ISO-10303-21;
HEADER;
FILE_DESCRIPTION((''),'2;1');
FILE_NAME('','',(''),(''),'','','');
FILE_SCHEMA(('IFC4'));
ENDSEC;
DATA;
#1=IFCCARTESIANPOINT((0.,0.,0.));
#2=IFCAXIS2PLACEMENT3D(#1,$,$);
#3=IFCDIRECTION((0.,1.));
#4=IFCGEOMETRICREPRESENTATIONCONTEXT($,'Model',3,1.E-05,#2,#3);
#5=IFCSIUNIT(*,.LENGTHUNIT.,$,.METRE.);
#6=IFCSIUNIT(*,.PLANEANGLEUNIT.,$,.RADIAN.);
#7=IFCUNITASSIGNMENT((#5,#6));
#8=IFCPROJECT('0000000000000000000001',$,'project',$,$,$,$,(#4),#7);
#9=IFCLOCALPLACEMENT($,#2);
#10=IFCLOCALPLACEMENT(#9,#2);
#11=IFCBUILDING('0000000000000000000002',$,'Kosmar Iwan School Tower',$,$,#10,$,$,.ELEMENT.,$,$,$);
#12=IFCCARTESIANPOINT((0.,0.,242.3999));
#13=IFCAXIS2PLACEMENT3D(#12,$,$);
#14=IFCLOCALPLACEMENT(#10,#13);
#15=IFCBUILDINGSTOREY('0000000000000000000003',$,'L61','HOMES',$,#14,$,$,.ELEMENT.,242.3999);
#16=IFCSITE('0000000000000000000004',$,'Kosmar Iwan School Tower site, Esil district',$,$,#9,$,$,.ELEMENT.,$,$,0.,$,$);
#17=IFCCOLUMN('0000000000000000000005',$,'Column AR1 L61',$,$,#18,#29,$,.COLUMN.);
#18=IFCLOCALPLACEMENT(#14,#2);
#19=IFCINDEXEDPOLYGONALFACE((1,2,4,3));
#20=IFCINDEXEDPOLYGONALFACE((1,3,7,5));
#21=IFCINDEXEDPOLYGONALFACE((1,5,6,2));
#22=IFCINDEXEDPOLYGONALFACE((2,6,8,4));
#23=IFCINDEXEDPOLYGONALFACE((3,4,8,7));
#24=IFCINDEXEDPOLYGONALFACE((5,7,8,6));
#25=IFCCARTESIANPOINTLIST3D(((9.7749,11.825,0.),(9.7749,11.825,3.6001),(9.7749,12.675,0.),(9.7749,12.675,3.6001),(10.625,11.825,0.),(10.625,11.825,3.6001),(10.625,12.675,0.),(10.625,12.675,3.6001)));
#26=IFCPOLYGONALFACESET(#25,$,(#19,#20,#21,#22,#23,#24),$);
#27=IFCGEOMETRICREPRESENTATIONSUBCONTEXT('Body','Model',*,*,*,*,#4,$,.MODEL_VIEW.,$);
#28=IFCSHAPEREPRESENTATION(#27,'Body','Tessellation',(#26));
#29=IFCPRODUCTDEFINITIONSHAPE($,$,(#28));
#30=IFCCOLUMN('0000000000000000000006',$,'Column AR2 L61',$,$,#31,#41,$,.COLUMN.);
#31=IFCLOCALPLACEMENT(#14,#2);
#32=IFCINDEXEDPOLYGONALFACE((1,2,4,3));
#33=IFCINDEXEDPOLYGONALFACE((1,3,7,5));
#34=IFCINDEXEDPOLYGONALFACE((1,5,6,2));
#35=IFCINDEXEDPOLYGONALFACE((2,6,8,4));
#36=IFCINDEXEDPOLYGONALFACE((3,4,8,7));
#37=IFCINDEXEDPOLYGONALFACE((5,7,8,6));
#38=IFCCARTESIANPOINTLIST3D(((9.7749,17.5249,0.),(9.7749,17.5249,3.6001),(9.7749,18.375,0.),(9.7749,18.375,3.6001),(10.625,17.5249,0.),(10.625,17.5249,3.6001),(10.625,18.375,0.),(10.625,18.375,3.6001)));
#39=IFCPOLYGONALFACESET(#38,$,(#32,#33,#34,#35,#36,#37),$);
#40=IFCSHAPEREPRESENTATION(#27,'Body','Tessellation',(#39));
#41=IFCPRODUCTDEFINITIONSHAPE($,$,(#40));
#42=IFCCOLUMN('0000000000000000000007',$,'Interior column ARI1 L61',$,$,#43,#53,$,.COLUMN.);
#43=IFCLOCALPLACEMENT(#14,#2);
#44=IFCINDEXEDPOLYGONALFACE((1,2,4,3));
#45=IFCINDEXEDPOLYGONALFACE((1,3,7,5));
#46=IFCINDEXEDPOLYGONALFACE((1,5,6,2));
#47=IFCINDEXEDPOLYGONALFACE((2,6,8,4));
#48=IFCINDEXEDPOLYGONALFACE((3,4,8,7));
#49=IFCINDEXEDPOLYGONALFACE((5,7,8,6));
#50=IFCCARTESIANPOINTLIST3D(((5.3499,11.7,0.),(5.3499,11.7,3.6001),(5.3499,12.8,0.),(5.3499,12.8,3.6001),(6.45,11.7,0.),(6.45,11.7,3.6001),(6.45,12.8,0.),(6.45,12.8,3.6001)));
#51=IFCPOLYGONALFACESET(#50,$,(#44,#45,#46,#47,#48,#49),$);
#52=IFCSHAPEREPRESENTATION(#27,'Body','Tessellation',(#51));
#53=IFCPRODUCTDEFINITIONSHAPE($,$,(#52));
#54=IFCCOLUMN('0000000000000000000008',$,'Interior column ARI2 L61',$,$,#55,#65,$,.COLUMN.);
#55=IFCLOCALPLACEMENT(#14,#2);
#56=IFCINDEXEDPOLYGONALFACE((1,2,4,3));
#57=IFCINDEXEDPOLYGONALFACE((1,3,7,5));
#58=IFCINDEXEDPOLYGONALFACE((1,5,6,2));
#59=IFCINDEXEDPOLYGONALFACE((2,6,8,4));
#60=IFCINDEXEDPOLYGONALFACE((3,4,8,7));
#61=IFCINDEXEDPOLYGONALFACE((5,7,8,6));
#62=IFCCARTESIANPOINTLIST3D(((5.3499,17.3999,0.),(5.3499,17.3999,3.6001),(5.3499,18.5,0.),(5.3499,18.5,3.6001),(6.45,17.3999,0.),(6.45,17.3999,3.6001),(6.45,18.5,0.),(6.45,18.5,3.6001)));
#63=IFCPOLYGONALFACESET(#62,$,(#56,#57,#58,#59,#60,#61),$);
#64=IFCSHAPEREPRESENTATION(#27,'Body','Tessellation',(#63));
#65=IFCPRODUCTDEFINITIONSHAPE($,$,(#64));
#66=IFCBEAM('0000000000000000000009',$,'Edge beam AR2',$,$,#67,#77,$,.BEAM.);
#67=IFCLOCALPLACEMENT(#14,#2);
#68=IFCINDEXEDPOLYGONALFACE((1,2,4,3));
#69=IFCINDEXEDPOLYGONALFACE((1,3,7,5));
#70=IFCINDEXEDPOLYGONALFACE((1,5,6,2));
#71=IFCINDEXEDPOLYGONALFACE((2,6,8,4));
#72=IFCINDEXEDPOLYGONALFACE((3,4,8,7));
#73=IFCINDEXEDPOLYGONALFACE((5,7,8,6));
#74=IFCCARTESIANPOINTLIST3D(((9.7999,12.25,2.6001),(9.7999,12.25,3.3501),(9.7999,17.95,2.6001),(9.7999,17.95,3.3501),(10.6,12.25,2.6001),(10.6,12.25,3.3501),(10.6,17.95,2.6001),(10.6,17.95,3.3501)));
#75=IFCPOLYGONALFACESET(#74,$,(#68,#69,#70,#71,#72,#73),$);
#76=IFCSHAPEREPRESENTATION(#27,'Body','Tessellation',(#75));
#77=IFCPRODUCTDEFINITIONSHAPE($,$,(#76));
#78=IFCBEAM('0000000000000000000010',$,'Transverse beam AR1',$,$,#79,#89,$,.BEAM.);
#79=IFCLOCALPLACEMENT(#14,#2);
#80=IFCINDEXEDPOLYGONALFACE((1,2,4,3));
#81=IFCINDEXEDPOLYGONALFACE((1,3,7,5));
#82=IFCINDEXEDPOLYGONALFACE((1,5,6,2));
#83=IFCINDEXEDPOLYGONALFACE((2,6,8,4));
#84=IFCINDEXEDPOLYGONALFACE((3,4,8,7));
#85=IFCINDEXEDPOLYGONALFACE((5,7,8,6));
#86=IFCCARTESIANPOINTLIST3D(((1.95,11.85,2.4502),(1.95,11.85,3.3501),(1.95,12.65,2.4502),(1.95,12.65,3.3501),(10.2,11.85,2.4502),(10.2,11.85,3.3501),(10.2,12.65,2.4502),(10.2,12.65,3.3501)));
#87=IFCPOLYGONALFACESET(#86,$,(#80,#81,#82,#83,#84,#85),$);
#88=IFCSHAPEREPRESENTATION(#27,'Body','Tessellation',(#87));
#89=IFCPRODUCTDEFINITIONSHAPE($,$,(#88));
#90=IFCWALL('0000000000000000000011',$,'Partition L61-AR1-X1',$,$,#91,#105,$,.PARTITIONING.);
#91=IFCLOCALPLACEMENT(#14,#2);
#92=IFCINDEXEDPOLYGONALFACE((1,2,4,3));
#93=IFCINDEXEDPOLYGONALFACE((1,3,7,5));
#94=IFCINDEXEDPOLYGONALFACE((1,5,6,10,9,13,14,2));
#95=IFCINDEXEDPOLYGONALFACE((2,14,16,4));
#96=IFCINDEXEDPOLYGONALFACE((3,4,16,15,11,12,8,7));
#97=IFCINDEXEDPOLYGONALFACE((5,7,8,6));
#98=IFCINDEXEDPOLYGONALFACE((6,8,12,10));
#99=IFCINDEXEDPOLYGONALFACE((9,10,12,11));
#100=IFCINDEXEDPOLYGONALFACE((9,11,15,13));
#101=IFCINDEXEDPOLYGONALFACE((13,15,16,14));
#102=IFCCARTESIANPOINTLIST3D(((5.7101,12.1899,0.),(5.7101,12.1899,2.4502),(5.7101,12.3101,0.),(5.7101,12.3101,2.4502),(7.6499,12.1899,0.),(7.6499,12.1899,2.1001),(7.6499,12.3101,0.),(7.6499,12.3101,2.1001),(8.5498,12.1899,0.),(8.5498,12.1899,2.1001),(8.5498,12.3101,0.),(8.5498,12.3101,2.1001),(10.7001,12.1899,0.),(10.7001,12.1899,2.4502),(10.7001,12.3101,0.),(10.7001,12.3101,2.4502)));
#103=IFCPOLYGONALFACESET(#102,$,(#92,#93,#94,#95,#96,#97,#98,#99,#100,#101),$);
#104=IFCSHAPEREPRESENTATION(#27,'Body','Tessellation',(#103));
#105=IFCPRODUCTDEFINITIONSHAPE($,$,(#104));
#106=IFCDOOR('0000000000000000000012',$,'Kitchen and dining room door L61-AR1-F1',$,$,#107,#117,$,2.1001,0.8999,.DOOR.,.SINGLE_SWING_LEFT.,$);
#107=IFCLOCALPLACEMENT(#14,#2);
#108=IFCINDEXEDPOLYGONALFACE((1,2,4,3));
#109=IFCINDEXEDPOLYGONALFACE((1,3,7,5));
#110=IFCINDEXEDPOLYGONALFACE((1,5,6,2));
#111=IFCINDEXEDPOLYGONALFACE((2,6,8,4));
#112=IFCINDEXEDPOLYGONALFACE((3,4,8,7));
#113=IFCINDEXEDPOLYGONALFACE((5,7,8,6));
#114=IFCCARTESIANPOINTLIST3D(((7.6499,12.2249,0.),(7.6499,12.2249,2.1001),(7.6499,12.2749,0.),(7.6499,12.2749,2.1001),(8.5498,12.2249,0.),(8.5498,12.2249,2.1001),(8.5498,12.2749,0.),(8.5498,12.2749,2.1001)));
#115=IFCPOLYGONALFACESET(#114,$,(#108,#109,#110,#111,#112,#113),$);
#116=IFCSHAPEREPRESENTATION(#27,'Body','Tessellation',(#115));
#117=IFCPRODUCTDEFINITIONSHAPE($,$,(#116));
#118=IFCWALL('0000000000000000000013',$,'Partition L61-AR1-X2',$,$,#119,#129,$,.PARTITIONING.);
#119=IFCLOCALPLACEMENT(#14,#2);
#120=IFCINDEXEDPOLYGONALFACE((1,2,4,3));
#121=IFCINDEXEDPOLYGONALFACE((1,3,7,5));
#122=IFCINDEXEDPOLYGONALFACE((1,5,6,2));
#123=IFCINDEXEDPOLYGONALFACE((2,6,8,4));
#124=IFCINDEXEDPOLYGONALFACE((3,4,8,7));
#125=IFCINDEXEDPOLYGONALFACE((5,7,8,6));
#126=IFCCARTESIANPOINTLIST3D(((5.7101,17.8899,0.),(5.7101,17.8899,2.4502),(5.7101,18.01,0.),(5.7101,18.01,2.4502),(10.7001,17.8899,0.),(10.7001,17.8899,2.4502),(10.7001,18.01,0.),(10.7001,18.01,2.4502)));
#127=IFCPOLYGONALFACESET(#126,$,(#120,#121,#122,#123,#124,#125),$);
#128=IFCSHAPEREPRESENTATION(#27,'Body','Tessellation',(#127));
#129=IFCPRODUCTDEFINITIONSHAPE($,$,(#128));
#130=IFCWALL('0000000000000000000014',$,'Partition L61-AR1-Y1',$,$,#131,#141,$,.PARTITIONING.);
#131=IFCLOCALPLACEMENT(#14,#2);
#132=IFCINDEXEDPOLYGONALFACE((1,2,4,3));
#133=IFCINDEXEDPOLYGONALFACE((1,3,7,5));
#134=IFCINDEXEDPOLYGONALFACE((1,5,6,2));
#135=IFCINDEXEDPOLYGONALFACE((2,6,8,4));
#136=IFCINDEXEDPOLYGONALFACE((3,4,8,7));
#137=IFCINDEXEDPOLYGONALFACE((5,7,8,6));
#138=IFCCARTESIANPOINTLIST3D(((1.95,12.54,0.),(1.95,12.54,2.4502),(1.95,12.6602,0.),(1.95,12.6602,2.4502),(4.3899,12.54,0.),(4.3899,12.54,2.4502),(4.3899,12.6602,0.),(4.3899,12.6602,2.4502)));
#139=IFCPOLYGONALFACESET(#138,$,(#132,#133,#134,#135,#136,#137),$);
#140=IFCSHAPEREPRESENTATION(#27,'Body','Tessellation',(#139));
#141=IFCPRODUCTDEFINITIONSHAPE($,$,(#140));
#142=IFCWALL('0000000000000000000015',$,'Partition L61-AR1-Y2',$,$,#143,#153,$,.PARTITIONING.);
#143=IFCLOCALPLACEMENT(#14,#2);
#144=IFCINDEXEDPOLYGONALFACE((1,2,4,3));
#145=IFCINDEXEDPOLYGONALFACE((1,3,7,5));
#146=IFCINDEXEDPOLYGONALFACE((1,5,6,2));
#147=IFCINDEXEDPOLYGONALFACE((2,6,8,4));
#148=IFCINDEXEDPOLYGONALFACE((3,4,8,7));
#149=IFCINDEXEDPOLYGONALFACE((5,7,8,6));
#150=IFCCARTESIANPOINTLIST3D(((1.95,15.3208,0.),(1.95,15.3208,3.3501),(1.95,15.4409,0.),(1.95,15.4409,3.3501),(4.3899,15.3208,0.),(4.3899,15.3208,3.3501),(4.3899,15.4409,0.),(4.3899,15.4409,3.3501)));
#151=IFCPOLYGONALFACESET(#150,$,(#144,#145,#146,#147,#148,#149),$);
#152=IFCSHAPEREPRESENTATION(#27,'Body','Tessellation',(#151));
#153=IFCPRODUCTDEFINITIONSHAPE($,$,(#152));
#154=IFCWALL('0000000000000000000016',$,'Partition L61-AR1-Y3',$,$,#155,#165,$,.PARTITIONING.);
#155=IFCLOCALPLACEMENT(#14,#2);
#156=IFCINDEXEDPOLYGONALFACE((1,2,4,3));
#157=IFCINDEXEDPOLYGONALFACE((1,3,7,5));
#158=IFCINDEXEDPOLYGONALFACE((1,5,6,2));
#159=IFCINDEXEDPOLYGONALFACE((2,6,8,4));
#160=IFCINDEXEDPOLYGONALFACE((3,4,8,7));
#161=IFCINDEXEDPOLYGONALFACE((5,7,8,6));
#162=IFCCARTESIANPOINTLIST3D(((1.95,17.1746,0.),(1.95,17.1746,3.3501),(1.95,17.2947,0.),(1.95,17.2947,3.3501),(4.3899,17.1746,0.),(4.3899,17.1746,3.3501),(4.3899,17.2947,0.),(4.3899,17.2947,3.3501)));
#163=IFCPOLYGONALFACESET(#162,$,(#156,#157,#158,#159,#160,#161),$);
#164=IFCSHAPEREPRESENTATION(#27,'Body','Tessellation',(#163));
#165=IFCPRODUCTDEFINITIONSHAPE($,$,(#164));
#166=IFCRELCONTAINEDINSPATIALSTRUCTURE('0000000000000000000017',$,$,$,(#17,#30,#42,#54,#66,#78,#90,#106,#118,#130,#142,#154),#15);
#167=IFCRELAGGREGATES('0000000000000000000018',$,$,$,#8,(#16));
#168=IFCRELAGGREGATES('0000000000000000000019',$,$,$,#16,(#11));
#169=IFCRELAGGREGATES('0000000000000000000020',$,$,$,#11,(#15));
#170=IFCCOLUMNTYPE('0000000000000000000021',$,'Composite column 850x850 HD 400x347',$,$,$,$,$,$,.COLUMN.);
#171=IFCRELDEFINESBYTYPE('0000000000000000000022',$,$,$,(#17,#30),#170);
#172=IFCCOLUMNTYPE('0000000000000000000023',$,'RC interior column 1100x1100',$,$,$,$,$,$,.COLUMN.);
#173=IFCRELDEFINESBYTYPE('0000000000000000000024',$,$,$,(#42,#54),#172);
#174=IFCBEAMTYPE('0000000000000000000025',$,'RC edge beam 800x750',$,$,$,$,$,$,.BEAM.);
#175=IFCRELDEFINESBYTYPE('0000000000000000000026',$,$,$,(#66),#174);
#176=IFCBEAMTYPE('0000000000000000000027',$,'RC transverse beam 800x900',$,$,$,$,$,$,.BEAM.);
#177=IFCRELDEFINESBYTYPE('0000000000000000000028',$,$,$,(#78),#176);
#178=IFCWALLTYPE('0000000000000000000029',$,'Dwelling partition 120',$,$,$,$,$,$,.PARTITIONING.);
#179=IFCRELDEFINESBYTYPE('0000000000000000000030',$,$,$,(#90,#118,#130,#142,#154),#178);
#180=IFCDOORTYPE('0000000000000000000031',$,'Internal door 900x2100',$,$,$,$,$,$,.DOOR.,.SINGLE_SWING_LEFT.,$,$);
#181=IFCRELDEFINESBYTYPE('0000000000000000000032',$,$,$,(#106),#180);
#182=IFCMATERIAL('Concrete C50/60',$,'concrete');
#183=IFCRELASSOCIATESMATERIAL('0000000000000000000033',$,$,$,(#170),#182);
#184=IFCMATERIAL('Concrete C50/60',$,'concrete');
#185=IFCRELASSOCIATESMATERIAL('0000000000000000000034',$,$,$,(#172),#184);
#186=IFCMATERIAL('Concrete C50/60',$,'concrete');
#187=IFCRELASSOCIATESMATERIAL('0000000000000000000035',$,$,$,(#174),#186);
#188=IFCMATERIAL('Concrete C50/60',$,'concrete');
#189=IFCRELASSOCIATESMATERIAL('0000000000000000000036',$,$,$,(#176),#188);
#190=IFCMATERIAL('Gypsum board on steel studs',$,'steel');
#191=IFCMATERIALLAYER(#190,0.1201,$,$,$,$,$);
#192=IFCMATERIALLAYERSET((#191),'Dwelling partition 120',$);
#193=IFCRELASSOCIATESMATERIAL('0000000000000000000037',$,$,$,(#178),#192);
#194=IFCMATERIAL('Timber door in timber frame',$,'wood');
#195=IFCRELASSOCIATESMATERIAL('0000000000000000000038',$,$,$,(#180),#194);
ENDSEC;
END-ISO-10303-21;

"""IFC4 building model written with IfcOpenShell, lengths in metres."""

from ifc_helpers import new_model, si_unit, direction, frame, frame_2d, origin, origin_2d, place, context, subcontext, project, spatial, rectangle, extrude, material, layer, layer_set, material_profile, profile_set, type_object, element, fill, save


model = new_model("IFC4")

# Units and contexts
model_context = context("Model", 3, precision=1e-05, world=origin(), true_north=direction((0.0, 1.0)))
body_context = subcontext(model_context, "Body", "Model", "MODEL_VIEW")
ifc_project = project(units=[si_unit("LENGTHUNIT", "METRE"), si_unit("PLANEANGLEUNIT", "RADIAN")], contexts=[model_context])

# Site, building, storey
site_placement = place(None, origin())
site = spatial("IfcSite", under=ifc_project, at=site_placement, Name="Kosmar Iwan School Tower site, Esil district", CompositionType="ELEMENT", RefElevation=0.0)
building_placement = place(site_placement, origin())
building = spatial("IfcBuilding", under=site, at=building_placement, Name="Kosmar Iwan School Tower", CompositionType="ELEMENT")
storey_placement = place(building_placement, frame((0.0, 0.0, 242.3999)))
storey = spatial("IfcBuildingStorey", under=building, at=storey_placement, Name="L61", Description="HOMES", CompositionType="ELEMENT", Elevation=242.3999)

# Columns
ifc_material_1 = material(Name="Concrete C50/60", Category="concrete")
ifc_material_profile_1 = material_profile(ifc_material_1, rectangle(XDim=0.8501, YDim=0.8501, at=origin_2d()), Name="RC 850x850 + HD 400x347")
ifc_profile_set_1 = profile_set([ifc_material_profile_1], Name="Concrete C50/60")
column_type_1 = type_object("IfcColumnType", Name="Composite column 850x850 HD 400x347", PredefinedType="COLUMN", material=ifc_profile_set_1)
for number, where, z_axis, x_axis, name in (
    (1, (10.2, 12.25, 0.0), (0.0, 0.0, 1.0), (0.0, 1.0, 0.0), "Column AR1 L61"),
    (2, (10.2, 17.95, 0.0), (0.0, 0.0, 1.0), (0.0, 1.0, 0.0), "Column AR2 L61"),
):
    element("IfcColumn", number, at=place(storey_placement, frame(where, z_axis=z_axis, x_axis=x_axis)), inside=storey, type_object=column_type_1, Name=name, PredefinedType="COLUMN", context=body_context, shape_type="SweptSolid", body=[
        extrude(rectangle(XDim=0.8501, YDim=0.8501, at=origin_2d()), origin(), (0.0, 0.0, 1.0), 3.6001),
    ])
ifc_material_2 = material(Name="Concrete C50/60", Category="concrete")
ifc_material_profile_2 = material_profile(ifc_material_2, rectangle(XDim=1.1001, YDim=1.1001, at=origin_2d()), Name="RC 1100x1100")
ifc_profile_set_2 = profile_set([ifc_material_profile_2], Name="Concrete C50/60")
column_type_2 = type_object("IfcColumnType", Name="RC interior column 1100x1100", PredefinedType="COLUMN", material=ifc_profile_set_2)
for number, where, z_axis, x_axis, name in (
    (3, (5.8999, 12.25, 0.0), (0.0, 0.0, 1.0), (0.0, 1.0, 0.0), "Interior column ARI1 L61"),
    (4, (5.8999, 17.95, 0.0), (0.0, 0.0, 1.0), (0.0, 1.0, 0.0), "Interior column ARI2 L61"),
):
    element("IfcColumn", number, at=place(storey_placement, frame(where, z_axis=z_axis, x_axis=x_axis)), inside=storey, type_object=column_type_2, Name=name, PredefinedType="COLUMN", context=body_context, shape_type="SweptSolid", body=[
        extrude(rectangle(XDim=1.1001, YDim=1.1001, at=origin_2d()), origin(), (0.0, 0.0, 1.0), 3.6001),
    ])

# Beams
ifc_material_3 = material(Name="Concrete C50/60", Category="concrete")
ifc_material_profile_3 = material_profile(ifc_material_3, rectangle(XDim=0.8, YDim=0.75, at=origin_2d()), Name="RC 800x750")
ifc_profile_set_3 = profile_set([ifc_material_profile_3], Name="Concrete C50/60")
beam_type_1 = type_object("IfcBeamType", Name="RC edge beam 800x750", PredefinedType="BEAM", material=ifc_profile_set_3)
beam_1_placement = place(storey_placement, frame((10.2, 12.25, 2.9751), z_axis=(0.0, 1.0, 0.0), x_axis=(-1.0, 0.0, 0.0)))
element("IfcBeam", 5, at=beam_1_placement, inside=storey, type_object=beam_type_1, Name="Edge beam AR2", PredefinedType="BEAM", context=body_context, shape_type="SweptSolid", body=[
    extrude(rectangle(XDim=0.8, YDim=0.75, at=origin_2d()), origin(), (0.0, 0.0, 1.0), 5.7),
])
ifc_material_4 = material(Name="Concrete C50/60", Category="concrete")
ifc_material_profile_4 = material_profile(ifc_material_4, rectangle(XDim=0.8, YDim=0.8999, at=origin_2d()), Name="RC 800x900")
ifc_profile_set_4 = profile_set([ifc_material_profile_4], Name="Concrete C50/60")
beam_type_2 = type_object("IfcBeamType", Name="RC transverse beam 800x900", PredefinedType="BEAM", material=ifc_profile_set_4)
beam_2_placement = place(storey_placement, frame((10.2, 12.25, 2.9001), z_axis=(-1.0, 0.0, 0.0), x_axis=(0.0, -1.0, 0.0)))
element("IfcBeam", 6, at=beam_2_placement, inside=storey, type_object=beam_type_2, Name="Transverse beam AR1", PredefinedType="BEAM", context=body_context, shape_type="SweptSolid", body=[
    extrude(rectangle(XDim=0.8, YDim=0.8999, at=origin_2d()), origin(), (0.0, 0.0, 1.0), 8.25),
])

# Wall, opening, door
ifc_material_5 = material(Name="Gypsum board on steel studs", Category="steel")
ifc_layer = layer(ifc_material_5, 0.1201)
ifc_layer_set = layer_set([ifc_layer], Name="Dwelling partition 120")
wall_type = type_object("IfcWallType", Name="Dwelling partition 120", PredefinedType="PARTITIONING", material=ifc_layer_set)
wall_1_placement = place(storey_placement, frame((5.71, 12.25, 0.0), z_axis=(0.0, 0.0, 1.0), x_axis=(1.0, 0.0, 0.0)))
wall_1 = element("IfcWall", 7, at=wall_1_placement, inside=storey, type_object=wall_type, Name="Partition L61-AR1-X1", PredefinedType="PARTITIONING", context=body_context, shape_type="SweptSolid", body=[
    extrude(rectangle(XDim=4.99, YDim=0.1201, at=frame_2d((2.4951, 0.0))), origin(), (0.0, 0.0, 1.0), 2.4502),
])
opening_placement = place(wall_1_placement, frame((1.9399, 0.0, 0.0)))
opening = element("IfcOpeningElement", 8, at=opening_placement, cuts=wall_1, PredefinedType="OPENING", context=body_context, shape_type="SweptSolid", body=[
    extrude(rectangle(XDim=0.8999, YDim=2.1001, at=frame_2d((0.45, 1.05))), frame((0.0, 0.072, 0.0), z_axis=(0.0, -1.0, 0.0), x_axis=(1.0, 0.0, 0.0)), (0.0, 0.0, 1.0), 0.144),
])
ifc_material_6 = material(Name="Timber door in timber frame", Category="wood")
door_type = type_object("IfcDoorType", Name="Internal door 900x2100", OperationType="SINGLE_SWING_LEFT", PredefinedType="DOOR", material=ifc_material_6)
door_placement = place(opening_placement, origin())
door = element("IfcDoor", 9, at=door_placement, inside=storey, type_object=door_type, Name="Kitchen and dining room door L61-AR1-F1", OperationType="SINGLE_SWING_LEFT", OverallHeight=2.1001, OverallWidth=0.8999, PredefinedType="DOOR", context=body_context, shape_type="SweptSolid", body=[
    extrude(rectangle(XDim=0.8999, YDim=2.1001, at=frame_2d((0.45, 1.05))), frame((0.0, 0.0249, 0.0), z_axis=(0.0, -1.0, 0.0), x_axis=(1.0, 0.0, 0.0)), (0.0, 0.0, 1.0), 0.05),
])
fill(opening, door)

# Walls
wall_2_placement = place(storey_placement, frame((5.71, 17.95, 0.0), z_axis=(0.0, 0.0, 1.0), x_axis=(1.0, 0.0, 0.0)))
element("IfcWall", 10, at=wall_2_placement, inside=storey, type_object=wall_type, Name="Partition L61-AR1-X2", PredefinedType="PARTITIONING", context=body_context, shape_type="SweptSolid", body=[
    extrude(rectangle(XDim=4.99, YDim=0.1201, at=frame_2d((2.4951, 0.0))), origin(), (0.0, 0.0, 1.0), 2.4502),
])
wall_3_placement = place(storey_placement, frame((1.95, 12.6001, 0.0), z_axis=(0.0, 0.0, 1.0), x_axis=(1.0, 0.0, 0.0)))
element("IfcWall", 11, at=wall_3_placement, inside=storey, type_object=wall_type, Name="Partition L61-AR1-Y1", PredefinedType="PARTITIONING", context=body_context, shape_type="SweptSolid", body=[
    extrude(rectangle(XDim=2.4399, YDim=0.1201, at=frame_2d((1.22, 0.0))), origin(), (0.0, 0.0, 1.0), 2.4502),
])
for number, where, z_axis, x_axis, name in (
    (12, (1.95, 15.3809, 0.0), (0.0, 0.0, 1.0), (1.0, 0.0, 0.0), "Partition L61-AR1-Y2"),
    (13, (1.95, 17.2346, 0.0), (0.0, 0.0, 1.0), (1.0, 0.0, 0.0), "Partition L61-AR1-Y3"),
):
    element("IfcWall", number, at=place(storey_placement, frame(where, z_axis=z_axis, x_axis=x_axis)), inside=storey, type_object=wall_type, Name=name, PredefinedType="PARTITIONING", context=body_context, shape_type="SweptSolid", body=[
        extrude(rectangle(XDim=2.4399, YDim=0.1201, at=frame_2d((1.22, 0.0))), origin(), (0.0, 0.0, 1.0), 3.3501),
    ])

save(model, "model.ifc")
